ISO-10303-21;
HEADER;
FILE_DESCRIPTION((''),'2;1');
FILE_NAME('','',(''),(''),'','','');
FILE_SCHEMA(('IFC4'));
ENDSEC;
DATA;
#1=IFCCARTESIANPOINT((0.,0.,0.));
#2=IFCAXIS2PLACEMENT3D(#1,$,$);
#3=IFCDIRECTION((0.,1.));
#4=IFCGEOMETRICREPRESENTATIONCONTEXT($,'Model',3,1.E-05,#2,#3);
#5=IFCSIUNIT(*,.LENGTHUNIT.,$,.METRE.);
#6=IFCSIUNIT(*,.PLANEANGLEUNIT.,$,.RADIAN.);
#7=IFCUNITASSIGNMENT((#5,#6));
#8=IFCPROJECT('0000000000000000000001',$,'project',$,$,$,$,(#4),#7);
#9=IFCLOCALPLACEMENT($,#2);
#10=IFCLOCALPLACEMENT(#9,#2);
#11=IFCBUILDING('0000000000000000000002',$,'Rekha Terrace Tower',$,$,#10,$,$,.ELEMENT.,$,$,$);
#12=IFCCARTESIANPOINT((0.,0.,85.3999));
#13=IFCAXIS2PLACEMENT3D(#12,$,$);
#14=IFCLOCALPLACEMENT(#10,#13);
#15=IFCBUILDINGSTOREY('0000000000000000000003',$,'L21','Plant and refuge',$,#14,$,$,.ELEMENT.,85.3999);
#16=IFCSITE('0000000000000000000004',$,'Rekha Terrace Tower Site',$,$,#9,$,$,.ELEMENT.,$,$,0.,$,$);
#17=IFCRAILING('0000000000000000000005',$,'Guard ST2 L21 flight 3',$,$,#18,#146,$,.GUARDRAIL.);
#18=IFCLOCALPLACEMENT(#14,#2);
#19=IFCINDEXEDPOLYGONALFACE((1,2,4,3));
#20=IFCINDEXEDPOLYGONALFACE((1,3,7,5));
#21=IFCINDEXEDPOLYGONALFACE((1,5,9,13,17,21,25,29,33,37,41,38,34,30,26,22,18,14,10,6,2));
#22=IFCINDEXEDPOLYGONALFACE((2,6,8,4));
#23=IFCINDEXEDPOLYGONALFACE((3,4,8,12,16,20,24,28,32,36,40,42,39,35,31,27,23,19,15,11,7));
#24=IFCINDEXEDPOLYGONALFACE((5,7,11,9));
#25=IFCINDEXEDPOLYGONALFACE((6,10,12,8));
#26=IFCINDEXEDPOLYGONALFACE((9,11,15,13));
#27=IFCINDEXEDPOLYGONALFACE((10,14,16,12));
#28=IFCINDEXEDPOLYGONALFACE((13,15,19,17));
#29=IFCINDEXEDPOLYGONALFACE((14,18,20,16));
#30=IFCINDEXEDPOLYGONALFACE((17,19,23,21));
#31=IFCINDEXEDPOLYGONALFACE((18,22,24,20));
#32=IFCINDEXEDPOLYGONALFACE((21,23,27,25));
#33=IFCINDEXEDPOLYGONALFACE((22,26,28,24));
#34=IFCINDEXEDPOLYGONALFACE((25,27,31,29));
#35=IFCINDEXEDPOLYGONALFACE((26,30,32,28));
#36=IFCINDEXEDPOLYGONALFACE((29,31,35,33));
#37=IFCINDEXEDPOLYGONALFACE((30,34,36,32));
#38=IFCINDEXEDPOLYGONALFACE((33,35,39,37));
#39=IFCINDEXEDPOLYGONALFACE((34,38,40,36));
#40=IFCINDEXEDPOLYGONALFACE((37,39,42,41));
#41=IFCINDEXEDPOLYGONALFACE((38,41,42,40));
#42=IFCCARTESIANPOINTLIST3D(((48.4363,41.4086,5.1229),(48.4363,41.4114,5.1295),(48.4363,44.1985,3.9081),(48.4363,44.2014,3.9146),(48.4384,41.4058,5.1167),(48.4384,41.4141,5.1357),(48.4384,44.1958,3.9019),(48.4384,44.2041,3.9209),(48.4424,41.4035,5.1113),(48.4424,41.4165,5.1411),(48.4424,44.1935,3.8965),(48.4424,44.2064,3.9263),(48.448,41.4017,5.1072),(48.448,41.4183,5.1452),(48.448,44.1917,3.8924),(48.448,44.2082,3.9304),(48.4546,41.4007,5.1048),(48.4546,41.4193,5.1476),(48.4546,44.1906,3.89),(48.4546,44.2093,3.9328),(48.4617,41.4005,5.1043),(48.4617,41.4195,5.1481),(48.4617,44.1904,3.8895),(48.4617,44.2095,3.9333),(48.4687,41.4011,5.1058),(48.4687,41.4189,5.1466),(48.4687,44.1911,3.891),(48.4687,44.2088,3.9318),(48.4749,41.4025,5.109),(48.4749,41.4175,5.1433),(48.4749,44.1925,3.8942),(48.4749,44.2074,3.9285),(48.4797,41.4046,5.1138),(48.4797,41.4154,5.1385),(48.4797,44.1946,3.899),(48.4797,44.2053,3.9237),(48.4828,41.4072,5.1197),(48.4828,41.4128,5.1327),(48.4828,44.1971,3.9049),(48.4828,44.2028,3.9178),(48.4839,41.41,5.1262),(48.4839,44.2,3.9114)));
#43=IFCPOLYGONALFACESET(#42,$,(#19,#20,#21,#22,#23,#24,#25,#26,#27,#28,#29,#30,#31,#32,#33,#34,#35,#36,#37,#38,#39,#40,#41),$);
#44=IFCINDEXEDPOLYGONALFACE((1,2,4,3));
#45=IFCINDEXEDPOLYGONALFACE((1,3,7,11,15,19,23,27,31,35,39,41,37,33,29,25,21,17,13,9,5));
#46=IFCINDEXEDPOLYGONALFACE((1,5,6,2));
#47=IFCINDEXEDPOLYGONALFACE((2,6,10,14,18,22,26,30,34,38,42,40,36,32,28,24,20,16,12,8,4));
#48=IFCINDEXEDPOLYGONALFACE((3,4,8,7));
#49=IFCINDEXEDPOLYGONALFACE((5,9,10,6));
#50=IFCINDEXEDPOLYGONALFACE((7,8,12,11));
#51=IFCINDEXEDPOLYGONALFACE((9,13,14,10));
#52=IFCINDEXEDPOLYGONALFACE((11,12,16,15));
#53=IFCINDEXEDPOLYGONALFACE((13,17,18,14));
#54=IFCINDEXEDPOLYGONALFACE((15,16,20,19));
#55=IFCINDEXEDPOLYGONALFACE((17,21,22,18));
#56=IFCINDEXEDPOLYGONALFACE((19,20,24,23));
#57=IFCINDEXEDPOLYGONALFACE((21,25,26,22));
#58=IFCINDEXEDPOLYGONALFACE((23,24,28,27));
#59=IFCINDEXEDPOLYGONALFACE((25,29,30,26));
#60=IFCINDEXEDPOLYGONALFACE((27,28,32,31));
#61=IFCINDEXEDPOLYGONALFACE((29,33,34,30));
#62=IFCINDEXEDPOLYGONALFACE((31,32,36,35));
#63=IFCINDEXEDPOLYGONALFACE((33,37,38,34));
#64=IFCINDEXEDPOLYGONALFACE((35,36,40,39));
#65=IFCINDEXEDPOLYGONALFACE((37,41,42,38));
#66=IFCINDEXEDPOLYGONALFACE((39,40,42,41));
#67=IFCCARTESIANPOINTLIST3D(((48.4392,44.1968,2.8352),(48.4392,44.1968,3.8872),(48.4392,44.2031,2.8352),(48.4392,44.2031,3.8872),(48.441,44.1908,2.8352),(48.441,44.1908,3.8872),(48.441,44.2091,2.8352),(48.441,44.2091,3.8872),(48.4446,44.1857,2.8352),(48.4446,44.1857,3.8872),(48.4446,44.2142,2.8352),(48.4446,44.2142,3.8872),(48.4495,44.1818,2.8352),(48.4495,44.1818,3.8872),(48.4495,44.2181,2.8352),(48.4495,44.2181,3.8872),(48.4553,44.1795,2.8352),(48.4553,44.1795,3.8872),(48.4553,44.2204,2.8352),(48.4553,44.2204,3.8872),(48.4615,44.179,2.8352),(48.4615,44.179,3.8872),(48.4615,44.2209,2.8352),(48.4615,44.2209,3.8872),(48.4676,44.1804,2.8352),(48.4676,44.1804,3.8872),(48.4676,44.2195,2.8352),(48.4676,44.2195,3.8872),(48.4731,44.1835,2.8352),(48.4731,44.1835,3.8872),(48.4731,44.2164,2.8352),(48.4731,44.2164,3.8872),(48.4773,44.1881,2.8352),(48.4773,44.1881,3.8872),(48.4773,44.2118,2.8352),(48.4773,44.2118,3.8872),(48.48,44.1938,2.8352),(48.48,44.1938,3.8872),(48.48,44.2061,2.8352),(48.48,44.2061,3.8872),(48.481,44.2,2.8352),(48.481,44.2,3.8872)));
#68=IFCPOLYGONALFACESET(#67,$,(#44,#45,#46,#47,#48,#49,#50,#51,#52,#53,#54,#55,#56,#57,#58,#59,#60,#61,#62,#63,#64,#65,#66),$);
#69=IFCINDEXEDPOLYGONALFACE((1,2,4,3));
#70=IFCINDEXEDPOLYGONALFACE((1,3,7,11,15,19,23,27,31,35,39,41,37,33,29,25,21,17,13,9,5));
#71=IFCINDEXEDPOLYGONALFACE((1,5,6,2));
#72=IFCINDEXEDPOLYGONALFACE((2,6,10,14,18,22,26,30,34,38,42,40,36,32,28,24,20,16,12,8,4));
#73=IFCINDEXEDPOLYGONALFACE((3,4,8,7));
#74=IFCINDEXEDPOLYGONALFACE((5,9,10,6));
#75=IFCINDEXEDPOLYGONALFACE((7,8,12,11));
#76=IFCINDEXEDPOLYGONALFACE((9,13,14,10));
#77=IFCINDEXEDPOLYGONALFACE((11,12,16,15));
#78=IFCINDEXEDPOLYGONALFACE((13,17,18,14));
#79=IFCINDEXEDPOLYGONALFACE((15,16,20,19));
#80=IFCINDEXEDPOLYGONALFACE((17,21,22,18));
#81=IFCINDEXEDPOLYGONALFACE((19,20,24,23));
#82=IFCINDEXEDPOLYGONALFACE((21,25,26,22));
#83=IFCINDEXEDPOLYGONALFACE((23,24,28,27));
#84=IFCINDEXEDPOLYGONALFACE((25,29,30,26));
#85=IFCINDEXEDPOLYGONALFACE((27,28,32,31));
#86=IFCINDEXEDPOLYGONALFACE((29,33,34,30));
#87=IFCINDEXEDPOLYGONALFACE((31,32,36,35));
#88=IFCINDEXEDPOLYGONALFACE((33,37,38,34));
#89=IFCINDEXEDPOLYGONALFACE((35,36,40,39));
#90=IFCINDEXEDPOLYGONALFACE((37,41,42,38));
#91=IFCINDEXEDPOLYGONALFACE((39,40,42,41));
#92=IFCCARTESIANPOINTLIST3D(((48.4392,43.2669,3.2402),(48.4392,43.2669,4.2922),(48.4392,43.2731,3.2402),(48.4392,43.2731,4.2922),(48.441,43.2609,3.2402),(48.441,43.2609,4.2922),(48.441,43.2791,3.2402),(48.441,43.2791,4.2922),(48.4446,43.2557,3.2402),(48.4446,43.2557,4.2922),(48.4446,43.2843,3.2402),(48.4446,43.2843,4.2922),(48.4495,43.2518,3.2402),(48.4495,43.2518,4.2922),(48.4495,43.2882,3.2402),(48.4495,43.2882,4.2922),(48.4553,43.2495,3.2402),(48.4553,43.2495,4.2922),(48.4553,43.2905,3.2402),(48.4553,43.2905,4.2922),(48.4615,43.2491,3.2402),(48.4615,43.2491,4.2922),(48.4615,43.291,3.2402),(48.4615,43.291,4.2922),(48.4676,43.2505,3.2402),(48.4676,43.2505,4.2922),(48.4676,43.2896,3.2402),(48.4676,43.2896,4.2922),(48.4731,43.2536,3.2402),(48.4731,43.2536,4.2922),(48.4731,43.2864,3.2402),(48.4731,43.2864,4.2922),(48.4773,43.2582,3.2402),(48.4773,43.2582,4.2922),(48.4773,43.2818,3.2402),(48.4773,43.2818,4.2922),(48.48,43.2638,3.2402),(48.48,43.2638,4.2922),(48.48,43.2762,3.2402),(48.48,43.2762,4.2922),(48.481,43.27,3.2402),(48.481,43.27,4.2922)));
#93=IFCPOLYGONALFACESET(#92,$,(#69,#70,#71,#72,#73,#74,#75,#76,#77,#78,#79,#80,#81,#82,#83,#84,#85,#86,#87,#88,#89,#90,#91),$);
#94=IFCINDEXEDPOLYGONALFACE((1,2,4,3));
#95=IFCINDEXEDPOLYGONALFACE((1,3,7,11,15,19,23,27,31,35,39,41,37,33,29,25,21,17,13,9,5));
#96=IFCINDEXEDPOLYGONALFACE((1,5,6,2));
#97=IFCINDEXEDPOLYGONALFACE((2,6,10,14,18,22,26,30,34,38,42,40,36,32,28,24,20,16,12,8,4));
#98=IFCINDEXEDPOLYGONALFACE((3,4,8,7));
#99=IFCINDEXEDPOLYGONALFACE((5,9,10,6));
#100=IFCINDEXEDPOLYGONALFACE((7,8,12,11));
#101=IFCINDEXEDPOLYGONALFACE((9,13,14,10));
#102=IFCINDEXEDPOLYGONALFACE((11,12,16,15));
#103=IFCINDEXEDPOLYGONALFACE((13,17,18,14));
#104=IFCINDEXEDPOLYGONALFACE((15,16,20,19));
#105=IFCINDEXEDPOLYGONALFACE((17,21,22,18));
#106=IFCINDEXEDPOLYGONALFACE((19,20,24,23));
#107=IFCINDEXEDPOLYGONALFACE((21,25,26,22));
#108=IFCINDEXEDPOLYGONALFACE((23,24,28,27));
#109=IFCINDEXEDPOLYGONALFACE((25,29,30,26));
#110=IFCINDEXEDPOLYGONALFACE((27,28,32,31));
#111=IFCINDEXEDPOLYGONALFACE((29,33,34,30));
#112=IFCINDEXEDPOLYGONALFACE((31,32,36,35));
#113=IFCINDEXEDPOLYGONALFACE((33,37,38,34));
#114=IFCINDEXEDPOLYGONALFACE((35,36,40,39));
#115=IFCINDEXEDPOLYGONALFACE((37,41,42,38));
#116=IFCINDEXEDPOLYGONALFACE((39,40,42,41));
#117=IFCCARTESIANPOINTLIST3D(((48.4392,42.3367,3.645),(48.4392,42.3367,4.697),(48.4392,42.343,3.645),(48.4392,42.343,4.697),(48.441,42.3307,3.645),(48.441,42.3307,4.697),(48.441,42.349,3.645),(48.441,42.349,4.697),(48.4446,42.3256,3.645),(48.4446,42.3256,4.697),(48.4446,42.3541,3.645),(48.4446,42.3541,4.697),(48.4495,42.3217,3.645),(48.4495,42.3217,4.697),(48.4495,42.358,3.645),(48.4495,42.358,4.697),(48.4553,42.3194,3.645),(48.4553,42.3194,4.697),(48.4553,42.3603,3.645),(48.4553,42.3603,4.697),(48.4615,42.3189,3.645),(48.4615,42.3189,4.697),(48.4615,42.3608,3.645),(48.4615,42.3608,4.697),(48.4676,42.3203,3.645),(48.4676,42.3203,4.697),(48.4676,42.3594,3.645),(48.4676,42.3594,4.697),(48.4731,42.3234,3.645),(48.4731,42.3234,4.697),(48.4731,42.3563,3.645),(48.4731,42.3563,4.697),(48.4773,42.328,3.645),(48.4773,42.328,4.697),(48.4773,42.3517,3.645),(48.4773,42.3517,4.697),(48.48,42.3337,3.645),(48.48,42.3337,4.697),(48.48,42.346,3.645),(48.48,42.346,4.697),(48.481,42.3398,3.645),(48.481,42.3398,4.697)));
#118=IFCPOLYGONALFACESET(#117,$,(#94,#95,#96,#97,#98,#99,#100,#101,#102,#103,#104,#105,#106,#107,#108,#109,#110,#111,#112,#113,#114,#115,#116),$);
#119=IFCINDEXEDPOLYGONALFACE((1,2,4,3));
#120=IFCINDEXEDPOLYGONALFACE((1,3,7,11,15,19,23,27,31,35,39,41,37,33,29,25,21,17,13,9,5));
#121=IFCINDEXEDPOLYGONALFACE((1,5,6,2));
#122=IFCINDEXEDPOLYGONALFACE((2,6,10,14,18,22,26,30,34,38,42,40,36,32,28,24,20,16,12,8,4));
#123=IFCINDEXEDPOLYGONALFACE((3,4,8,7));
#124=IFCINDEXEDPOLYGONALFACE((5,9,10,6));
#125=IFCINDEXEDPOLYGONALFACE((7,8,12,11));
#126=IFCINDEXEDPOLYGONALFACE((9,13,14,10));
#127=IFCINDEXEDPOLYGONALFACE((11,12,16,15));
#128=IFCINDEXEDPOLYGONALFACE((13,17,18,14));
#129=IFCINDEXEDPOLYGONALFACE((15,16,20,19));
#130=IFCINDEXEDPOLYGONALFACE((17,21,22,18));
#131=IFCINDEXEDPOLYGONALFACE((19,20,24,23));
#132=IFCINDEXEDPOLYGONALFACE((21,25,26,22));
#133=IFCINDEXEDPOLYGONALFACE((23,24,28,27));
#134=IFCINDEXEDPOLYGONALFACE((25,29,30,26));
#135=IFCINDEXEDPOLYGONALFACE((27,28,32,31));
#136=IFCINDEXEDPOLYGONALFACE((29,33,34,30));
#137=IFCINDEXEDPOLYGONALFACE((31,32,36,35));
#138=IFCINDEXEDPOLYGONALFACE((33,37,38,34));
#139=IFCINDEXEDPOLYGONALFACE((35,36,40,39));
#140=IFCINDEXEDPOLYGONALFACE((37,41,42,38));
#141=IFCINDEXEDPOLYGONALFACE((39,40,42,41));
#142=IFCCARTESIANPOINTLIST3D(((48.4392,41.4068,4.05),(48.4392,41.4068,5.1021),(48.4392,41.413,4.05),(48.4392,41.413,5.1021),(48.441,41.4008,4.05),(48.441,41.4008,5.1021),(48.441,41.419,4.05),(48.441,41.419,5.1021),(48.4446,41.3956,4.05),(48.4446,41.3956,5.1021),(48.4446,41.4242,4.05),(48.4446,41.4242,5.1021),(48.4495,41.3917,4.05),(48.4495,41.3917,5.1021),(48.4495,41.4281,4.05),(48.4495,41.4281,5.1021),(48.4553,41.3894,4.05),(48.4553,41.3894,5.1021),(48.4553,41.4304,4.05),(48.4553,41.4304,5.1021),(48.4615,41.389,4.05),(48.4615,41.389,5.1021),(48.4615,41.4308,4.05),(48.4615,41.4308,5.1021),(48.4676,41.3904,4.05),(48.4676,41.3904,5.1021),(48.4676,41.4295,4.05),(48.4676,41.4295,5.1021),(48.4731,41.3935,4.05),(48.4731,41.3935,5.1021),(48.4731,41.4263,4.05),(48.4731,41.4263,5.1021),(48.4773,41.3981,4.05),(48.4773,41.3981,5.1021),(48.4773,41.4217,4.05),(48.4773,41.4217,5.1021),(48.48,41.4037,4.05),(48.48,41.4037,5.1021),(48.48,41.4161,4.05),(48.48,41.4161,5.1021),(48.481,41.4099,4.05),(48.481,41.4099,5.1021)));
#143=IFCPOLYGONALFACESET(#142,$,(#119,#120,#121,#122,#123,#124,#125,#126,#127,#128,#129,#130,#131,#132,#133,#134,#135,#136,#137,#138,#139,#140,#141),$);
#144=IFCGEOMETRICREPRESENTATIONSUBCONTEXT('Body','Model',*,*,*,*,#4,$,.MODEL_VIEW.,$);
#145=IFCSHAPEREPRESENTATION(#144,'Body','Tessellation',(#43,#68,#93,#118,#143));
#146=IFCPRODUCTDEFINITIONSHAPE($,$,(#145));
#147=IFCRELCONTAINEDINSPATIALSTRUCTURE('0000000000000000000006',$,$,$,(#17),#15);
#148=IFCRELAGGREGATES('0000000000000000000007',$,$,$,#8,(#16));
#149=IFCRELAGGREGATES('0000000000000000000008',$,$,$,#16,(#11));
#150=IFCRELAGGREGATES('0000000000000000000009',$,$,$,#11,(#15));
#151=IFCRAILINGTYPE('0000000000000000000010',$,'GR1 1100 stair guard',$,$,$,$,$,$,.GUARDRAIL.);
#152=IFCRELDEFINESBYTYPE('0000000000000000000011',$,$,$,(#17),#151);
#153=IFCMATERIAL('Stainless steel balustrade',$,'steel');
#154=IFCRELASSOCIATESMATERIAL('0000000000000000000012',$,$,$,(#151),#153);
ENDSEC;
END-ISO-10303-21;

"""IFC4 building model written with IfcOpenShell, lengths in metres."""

from ifc_helpers import new_model, si_unit, direction, frame, origin, origin_2d, place, context, subcontext, project, spatial, circle, extrude, material, type_object, element, save


model = new_model("IFC4")

# Units and contexts
model_context = context("Model", 3, precision=1e-05, world=origin(), true_north=direction((0.0, 1.0)))
body_context = subcontext(model_context, "Body", "Model", "MODEL_VIEW")
ifc_project = project(units=[si_unit("LENGTHUNIT", "METRE"), si_unit("PLANEANGLEUNIT", "RADIAN")], contexts=[model_context])

# Site, building, storey
site_placement = place(None, origin())
site = spatial("IfcSite", under=ifc_project, at=site_placement, Name="Rekha Terrace Tower Site", CompositionType="ELEMENT", RefElevation=0.0)
building_placement = place(site_placement, origin())
building = spatial("IfcBuilding", under=site, at=building_placement, Name="Rekha Terrace Tower", CompositionType="ELEMENT")
storey_placement = place(building_placement, frame((0.0, 0.0, 85.3999)))
storey = spatial("IfcBuildingStorey", under=building, at=storey_placement, Name="L21", Description="Plant and refuge", CompositionType="ELEMENT", Elevation=85.3999)

# Railing
ifc_material_1 = material(Name="Stainless steel balustrade", Category="steel")
railing_type_1 = type_object("IfcRailingType", Name="GR1 1100 stair guard", PredefinedType="GUARDRAIL", material=ifc_material_1)
railing_1_placement = place(storey_placement, frame((48.46, 44.2, 2.8352)))
element("IfcRailing", 1, at=railing_1_placement, inside=storey, type_object=railing_type_1, Name="Guard ST2 L21 flight 3", PredefinedType="GUARDRAIL", context=body_context, shape_type="SweptSolid", body=[
    extrude(circle(Radius=0.0239, at=origin_2d()), frame((0.0, 0.0, 1.0762), z_axis=(0.0, -0.916856, 0.399219), x_axis=(1.0, 0.0, 0.0)), (0.0, 0.0, 1.0), 3.043),
    extrude(circle(Radius=0.021, at=origin_2d()), origin(), (0.0, 0.0, 1.0), 1.052),
    extrude(circle(Radius=0.021, at=origin_2d()), frame((0.0, -0.9299, 0.405)), (0.0, 0.0, 1.0), 1.052),
    extrude(circle(Radius=0.021, at=origin_2d()), frame((0.0, -1.8601, 0.8098)), (0.0, 0.0, 1.0), 1.052),
    extrude(circle(Radius=0.021, at=origin_2d()), frame((0.0, -2.79, 1.2148)), (0.0, 0.0, 1.0), 1.052),
])

save(model, "model.ifc")
